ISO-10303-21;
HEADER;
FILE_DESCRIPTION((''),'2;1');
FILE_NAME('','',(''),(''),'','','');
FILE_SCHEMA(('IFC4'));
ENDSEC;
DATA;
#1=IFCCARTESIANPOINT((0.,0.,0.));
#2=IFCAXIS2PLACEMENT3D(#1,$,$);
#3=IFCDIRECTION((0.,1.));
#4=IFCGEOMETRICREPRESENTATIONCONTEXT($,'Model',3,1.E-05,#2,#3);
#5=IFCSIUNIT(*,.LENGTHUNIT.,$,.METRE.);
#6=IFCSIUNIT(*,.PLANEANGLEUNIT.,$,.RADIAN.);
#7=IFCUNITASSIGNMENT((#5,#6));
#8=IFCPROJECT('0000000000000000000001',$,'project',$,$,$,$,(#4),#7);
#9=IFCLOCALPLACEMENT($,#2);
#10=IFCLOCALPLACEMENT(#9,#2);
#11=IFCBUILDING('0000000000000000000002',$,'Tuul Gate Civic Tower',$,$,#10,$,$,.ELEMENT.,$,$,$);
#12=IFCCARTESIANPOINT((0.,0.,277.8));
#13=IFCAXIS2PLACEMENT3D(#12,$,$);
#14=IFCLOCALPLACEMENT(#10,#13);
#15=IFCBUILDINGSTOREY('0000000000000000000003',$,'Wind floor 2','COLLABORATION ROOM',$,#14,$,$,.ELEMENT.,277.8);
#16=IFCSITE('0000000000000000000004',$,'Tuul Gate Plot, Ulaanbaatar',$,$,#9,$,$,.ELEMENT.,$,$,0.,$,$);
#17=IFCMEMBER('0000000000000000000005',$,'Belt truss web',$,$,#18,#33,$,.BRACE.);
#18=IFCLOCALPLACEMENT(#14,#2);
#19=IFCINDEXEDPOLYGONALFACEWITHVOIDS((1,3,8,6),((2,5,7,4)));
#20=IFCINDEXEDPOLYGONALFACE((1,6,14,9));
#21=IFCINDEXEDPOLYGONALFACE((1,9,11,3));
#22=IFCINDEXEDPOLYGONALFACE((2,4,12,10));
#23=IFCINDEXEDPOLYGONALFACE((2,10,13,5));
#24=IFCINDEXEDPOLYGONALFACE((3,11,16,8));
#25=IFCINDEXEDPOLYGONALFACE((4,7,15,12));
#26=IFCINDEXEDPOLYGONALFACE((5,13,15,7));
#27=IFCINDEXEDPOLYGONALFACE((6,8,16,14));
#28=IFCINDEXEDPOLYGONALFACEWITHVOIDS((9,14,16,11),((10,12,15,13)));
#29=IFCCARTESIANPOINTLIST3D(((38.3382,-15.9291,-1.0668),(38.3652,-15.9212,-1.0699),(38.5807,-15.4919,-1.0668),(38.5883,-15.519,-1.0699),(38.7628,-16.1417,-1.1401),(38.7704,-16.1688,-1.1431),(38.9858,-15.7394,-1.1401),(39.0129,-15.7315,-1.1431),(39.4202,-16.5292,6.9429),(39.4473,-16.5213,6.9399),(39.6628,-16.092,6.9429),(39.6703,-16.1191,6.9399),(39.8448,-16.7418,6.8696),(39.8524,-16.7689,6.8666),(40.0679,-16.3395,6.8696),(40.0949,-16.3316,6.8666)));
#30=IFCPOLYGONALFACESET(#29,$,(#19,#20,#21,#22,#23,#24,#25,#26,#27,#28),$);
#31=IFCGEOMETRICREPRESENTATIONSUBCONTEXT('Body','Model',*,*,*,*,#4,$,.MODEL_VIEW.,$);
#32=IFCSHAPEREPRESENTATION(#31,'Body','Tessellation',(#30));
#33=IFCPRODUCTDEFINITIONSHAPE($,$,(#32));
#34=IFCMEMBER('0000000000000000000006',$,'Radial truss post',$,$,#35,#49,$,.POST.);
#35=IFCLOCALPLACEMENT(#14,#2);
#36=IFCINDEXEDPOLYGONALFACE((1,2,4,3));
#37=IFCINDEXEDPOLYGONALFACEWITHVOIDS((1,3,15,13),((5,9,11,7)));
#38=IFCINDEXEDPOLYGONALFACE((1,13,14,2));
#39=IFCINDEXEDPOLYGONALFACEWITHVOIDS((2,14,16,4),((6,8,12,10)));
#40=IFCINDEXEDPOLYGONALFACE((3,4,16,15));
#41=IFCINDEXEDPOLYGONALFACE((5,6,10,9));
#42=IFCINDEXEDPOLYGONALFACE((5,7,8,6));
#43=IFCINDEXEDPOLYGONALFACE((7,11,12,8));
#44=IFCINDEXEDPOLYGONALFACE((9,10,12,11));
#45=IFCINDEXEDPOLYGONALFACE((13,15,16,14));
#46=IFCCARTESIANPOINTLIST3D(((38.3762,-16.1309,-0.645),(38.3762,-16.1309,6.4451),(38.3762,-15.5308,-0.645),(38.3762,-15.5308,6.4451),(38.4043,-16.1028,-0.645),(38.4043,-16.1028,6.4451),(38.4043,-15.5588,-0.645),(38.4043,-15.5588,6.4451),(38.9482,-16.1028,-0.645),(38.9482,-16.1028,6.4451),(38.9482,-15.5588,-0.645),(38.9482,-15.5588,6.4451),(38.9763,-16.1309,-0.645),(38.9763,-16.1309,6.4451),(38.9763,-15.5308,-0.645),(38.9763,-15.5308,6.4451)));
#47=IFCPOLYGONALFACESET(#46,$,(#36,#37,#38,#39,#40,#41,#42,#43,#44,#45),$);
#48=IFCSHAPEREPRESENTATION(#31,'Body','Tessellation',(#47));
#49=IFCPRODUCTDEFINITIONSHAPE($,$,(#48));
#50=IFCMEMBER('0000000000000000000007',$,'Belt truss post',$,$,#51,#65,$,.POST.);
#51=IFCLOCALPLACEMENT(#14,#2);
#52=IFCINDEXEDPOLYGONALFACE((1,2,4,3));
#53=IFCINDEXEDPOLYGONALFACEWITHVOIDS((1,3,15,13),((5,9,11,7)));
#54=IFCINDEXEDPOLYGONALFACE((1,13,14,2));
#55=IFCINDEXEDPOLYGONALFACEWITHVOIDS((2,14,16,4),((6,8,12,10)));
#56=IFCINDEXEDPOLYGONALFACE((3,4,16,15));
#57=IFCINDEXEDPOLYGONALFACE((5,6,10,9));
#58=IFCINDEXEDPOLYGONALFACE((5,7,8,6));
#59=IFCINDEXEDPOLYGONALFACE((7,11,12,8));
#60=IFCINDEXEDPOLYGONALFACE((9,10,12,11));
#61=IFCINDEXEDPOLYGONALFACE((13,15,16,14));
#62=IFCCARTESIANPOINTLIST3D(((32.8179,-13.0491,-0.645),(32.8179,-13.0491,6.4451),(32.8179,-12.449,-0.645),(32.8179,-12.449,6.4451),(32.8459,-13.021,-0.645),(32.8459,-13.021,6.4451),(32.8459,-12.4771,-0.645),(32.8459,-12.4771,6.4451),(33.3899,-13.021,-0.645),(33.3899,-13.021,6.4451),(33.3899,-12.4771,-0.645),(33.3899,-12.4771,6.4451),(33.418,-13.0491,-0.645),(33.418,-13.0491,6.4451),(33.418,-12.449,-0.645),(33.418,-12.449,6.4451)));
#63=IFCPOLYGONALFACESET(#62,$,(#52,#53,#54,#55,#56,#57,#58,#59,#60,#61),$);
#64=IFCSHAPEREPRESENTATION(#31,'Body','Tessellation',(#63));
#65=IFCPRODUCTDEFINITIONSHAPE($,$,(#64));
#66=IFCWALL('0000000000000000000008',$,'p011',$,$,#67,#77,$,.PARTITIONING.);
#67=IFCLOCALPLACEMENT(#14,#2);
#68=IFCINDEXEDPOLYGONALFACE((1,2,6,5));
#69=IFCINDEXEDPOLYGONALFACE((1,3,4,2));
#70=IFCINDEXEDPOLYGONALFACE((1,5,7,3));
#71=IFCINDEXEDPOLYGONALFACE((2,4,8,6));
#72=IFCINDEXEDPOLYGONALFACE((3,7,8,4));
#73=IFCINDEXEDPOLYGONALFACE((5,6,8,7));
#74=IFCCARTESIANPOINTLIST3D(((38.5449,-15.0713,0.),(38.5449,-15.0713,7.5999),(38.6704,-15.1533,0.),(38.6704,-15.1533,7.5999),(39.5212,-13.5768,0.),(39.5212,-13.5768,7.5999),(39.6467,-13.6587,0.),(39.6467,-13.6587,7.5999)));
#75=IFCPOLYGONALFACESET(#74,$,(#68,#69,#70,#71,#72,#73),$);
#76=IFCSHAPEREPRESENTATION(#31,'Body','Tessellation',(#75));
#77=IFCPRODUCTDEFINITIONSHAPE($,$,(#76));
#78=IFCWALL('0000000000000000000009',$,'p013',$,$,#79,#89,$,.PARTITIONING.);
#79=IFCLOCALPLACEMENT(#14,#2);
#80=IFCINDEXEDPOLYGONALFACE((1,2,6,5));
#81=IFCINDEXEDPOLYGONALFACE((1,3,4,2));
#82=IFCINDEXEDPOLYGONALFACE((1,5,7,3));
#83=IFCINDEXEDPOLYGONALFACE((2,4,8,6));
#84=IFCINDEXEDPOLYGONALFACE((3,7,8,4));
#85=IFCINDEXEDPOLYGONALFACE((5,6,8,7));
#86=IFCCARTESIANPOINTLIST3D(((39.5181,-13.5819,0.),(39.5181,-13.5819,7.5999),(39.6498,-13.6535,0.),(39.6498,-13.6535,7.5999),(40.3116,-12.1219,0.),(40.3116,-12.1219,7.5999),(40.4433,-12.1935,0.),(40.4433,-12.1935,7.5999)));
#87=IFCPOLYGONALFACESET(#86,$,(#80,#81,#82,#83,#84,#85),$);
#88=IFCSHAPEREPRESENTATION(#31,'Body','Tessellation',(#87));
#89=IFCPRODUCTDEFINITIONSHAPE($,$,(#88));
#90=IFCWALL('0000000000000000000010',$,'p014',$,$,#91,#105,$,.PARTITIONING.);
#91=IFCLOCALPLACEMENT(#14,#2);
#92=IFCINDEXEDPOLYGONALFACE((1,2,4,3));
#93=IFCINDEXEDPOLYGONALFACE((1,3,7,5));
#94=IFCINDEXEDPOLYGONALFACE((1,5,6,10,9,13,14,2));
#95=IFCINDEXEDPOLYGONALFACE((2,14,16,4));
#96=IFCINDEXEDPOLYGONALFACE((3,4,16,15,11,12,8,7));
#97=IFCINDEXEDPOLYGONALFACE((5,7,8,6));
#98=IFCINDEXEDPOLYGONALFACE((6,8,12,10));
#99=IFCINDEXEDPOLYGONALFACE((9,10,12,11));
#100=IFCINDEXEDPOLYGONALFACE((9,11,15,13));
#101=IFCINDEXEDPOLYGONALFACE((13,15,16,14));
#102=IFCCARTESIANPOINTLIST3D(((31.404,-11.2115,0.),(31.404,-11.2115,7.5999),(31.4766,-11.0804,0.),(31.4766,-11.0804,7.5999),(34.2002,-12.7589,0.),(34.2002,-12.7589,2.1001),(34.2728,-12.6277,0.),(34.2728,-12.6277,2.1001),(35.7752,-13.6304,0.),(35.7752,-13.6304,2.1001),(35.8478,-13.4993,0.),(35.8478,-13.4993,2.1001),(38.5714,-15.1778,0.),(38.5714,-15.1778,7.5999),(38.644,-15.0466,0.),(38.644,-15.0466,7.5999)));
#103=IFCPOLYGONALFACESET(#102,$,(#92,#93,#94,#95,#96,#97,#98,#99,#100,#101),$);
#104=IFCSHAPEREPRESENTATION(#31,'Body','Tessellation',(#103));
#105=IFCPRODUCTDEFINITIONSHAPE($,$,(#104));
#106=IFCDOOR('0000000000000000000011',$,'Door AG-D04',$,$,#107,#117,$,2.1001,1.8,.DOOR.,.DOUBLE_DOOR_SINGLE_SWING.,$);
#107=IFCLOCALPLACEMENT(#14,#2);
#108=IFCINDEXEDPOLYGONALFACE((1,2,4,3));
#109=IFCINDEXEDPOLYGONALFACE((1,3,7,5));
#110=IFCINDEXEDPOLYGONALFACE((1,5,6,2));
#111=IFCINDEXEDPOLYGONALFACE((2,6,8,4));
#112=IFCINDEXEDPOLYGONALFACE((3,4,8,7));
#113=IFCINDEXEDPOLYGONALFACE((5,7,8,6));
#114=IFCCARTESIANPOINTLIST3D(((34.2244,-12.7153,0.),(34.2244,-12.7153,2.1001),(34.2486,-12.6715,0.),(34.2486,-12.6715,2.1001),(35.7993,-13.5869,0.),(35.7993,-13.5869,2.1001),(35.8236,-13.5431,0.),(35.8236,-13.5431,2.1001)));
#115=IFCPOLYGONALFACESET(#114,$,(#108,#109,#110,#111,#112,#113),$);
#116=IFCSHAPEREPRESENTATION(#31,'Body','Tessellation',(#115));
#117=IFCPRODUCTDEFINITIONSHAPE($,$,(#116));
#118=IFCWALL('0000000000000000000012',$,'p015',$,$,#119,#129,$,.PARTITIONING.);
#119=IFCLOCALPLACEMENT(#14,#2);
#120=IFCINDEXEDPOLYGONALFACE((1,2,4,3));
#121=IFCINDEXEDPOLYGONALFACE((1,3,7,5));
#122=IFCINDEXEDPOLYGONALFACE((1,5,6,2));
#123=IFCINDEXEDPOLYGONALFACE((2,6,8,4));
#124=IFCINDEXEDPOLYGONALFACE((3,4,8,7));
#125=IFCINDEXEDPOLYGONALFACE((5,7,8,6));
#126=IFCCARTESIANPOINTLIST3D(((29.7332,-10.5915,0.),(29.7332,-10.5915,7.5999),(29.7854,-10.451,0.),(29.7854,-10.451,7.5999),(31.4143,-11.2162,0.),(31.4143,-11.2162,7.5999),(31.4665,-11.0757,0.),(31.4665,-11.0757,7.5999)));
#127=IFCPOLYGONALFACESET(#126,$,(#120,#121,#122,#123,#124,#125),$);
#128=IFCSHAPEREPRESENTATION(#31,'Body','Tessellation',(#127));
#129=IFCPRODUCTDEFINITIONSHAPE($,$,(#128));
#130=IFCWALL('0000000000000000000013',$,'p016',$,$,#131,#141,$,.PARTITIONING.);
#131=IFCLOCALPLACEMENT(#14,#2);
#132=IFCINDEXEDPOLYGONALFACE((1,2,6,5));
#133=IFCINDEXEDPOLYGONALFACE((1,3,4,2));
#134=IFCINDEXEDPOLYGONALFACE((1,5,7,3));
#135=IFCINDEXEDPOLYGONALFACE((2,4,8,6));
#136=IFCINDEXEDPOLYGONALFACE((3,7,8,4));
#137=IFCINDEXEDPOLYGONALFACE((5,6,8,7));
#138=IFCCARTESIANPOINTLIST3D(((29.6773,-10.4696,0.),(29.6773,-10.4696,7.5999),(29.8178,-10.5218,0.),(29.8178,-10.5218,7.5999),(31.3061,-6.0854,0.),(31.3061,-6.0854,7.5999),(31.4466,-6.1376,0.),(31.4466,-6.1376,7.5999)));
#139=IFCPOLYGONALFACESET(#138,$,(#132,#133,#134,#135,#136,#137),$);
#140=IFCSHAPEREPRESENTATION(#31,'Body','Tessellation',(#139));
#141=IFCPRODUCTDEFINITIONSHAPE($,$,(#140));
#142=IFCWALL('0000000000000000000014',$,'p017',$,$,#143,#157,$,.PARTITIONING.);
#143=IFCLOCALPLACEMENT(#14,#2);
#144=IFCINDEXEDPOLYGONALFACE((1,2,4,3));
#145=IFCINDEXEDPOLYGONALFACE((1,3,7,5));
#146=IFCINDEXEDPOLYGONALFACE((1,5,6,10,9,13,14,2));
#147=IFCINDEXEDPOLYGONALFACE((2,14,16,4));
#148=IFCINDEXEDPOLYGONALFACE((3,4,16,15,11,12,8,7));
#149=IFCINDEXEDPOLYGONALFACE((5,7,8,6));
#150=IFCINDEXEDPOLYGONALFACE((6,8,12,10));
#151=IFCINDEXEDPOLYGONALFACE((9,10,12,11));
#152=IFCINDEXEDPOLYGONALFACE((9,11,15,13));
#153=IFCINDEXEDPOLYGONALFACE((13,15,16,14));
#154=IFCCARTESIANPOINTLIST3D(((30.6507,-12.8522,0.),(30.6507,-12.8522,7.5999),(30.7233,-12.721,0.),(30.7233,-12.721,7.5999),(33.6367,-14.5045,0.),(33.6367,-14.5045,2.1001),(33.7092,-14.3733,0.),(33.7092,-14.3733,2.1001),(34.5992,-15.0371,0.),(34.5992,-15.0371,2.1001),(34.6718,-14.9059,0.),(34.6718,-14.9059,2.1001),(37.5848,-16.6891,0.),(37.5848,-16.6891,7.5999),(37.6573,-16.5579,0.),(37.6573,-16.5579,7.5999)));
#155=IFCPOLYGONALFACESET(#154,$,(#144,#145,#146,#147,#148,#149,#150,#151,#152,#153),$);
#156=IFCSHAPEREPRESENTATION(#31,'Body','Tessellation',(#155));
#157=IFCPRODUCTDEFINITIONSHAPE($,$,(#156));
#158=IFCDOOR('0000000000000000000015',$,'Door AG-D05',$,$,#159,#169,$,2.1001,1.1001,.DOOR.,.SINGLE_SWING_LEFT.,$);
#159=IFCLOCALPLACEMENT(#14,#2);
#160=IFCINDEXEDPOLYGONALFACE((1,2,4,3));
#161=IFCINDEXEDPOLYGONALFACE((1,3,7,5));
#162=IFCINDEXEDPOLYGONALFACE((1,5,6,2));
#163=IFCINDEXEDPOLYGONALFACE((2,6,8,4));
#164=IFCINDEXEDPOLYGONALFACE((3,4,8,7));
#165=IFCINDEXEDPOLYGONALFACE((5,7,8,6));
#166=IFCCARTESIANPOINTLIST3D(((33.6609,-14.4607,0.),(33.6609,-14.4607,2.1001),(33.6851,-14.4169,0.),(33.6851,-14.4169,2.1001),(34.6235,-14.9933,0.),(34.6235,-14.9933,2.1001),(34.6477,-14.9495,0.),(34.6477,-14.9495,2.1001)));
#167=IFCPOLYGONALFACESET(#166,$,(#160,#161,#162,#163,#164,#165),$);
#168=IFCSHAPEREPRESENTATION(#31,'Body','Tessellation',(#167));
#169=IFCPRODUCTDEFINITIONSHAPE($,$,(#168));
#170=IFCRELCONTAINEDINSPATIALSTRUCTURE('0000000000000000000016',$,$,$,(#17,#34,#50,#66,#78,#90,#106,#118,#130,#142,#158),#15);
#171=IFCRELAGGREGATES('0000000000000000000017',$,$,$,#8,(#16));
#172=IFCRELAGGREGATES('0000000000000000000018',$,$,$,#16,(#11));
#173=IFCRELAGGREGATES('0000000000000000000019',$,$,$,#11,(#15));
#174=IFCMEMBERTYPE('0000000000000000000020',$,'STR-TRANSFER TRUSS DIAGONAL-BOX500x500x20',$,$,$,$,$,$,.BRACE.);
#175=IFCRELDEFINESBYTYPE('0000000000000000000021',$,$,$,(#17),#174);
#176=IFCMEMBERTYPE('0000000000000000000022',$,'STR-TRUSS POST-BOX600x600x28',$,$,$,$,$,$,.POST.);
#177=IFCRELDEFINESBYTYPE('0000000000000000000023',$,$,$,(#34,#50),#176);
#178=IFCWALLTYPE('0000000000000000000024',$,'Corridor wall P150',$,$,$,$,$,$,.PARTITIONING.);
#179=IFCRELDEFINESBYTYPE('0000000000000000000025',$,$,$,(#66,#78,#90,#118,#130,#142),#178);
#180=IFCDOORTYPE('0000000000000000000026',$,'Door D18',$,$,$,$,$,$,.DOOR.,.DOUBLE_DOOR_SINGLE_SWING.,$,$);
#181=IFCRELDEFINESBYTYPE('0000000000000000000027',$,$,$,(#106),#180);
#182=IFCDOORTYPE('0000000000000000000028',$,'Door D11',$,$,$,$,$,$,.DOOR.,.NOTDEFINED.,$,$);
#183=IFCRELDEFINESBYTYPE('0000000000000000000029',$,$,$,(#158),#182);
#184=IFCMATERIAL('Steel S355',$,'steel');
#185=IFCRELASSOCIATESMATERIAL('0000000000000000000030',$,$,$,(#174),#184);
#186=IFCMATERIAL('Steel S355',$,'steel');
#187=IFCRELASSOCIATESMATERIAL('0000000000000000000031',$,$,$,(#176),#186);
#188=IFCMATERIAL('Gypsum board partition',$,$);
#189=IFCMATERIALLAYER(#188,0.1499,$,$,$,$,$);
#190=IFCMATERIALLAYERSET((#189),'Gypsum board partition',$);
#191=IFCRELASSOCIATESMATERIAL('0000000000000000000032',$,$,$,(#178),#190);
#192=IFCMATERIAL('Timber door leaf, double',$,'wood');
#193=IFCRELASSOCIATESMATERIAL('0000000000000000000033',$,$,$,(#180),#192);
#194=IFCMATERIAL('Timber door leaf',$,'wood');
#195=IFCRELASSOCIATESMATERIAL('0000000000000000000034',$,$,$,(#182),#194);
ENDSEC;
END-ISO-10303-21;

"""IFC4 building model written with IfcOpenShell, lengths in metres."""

from ifc_helpers import new_model, si_unit, direction, frame, frame_2d, origin, origin_2d, place, context, subcontext, project, spatial, rectangle, hollow_rectangle, extrude, material, layer, layer_set, material_profile, profile_set, type_object, element, fill, save


model = new_model("IFC4")

# Units and contexts
model_context = context("Model", 3, precision=1e-05, world=origin(), true_north=direction((0.0, 1.0)))
body_context = subcontext(model_context, "Body", "Model", "MODEL_VIEW")
ifc_project = project(units=[si_unit("LENGTHUNIT", "METRE"), si_unit("PLANEANGLEUNIT", "RADIAN")], contexts=[model_context])

# Site, building, storey
site_placement = place(None, origin())
site = spatial("IfcSite", under=ifc_project, at=site_placement, Name="Tuul Gate Plot, Ulaanbaatar", CompositionType="ELEMENT", RefElevation=0.0)
building_placement = place(site_placement, origin())
building = spatial("IfcBuilding", under=site, at=building_placement, Name="Tuul Gate Civic Tower", CompositionType="ELEMENT")
storey_placement = place(building_placement, frame((0.0, 0.0, 277.8)))
storey = spatial("IfcBuildingStorey", under=building, at=storey_placement, Name="Wind floor 2", Description="COLLABORATION ROOM", CompositionType="ELEMENT", Elevation=277.8)

# Members
ifc_material_1 = material(Name="Steel S355", Category="steel")
ifc_material_profile_1 = material_profile(ifc_material_1, hollow_rectangle(XDim=0.5, YDim=0.5, WallThickness=0.02, at=origin_2d()), Name="BOX500x500x20")
ifc_profile_set_1 = profile_set([ifc_material_profile_1], Name="Steel S355")
member_type_1 = type_object("IfcMemberType", Name="STR-TRANSFER TRUSS DIAGONAL-BOX500x500x20", PredefinedType="BRACE", material=ifc_profile_set_1)
member_1_placement = place(storey_placement, frame((38.6755, -15.8303, -1.105), z_axis=(0.133506, -0.074043, 0.988278), x_axis=(0.485006, 0.874511, 0.0)))
element("IfcMember", 1, at=member_1_placement, inside=storey, type_object=member_type_1, Name="Belt truss web", PredefinedType="BRACE", context=body_context, shape_type="SweptSolid", body=[
    extrude(hollow_rectangle(XDim=0.5, YDim=0.5, WallThickness=0.02, at=origin_2d()), origin(), (0.0, 0.0, 1.0), 8.1047),
])
ifc_material_2 = material(Name="Steel S355", Category="steel")
ifc_material_profile_2 = material_profile(ifc_material_2, hollow_rectangle(XDim=0.6001, YDim=0.6001, WallThickness=0.0281, at=origin_2d()), Name="BOX600x600x28")
ifc_profile_set_2 = profile_set([ifc_material_profile_2], Name="Steel S355")
member_type_2 = type_object("IfcMemberType", Name="STR-TRUSS POST-BOX600x600x28", PredefinedType="POST", material=ifc_profile_set_2)
for number, where, z_axis, x_axis, name in (
    (2, (38.6763, -15.8308, -0.645), (0.0, 0.0, 1.0), (1.0, 0.0, 0.0), "Radial truss post"),
    (3, (33.1179, -12.749, -0.645), (0.0, 0.0, 1.0), (1.0, 0.0, 0.0), "Belt truss post"),
):
    element("IfcMember", number, at=place(storey_placement, frame(where, z_axis=z_axis, x_axis=x_axis)), inside=storey, type_object=member_type_2, Name=name, PredefinedType="POST", context=body_context, shape_type="SweptSolid", body=[
        extrude(hollow_rectangle(XDim=0.6001, YDim=0.6001, WallThickness=0.0281, at=origin_2d()), origin(), (0.0, 0.0, 1.0), 7.0901),
    ])

# Walls
ifc_material_3 = material(Name="Gypsum board partition")
ifc_layer_1 = layer(ifc_material_3, 0.1499)
ifc_layer_set_1 = layer_set([ifc_layer_1], Name="Gypsum board partition")
wall_type_1 = type_object("IfcWallType", Name="Corridor wall P150", PredefinedType="PARTITIONING", material=ifc_layer_set_1)
wall_1_placement = place(storey_placement, frame((38.6077, -15.1123, 0.0), z_axis=(0.0, 0.0, 1.0), x_axis=(0.546881, 0.83721, 0.0)))
element("IfcWall", 4, at=wall_1_placement, inside=storey, type_object=wall_type_1, Name="p011", PredefinedType="PARTITIONING", context=body_context, shape_type="SweptSolid", body=[
    extrude(rectangle(XDim=1.7852, YDim=0.1499, at=frame_2d((0.8926, 0.0))), origin(), (0.0, 0.0, 1.0), 7.5999),
])
wall_2_placement = place(storey_placement, frame((39.584, -13.6177, 0.0), z_axis=(0.0, 0.0, 1.0), x_axis=(0.477513, 0.878625, 0.0)))
element("IfcWall", 5, at=wall_2_placement, inside=storey, type_object=wall_type_1, Name="p013", PredefinedType="PARTITIONING", context=body_context, shape_type="SweptSolid", body=[
    extrude(rectangle(XDim=1.6616, YDim=0.1499, at=frame_2d((0.8308, 0.0))), origin(), (0.0, 0.0, 1.0), 7.5999),
])

# Wall, opening, door
wall_3_placement = place(storey_placement, frame((31.4404, -11.146, 0.0), z_axis=(0.0, 0.0, 1.0), x_axis=(0.874966, -0.484185, 0.0)))
wall_3 = element("IfcWall", 6, at=wall_3_placement, inside=storey, type_object=wall_type_1, Name="p014", PredefinedType="PARTITIONING", context=body_context, shape_type="SweptSolid", body=[
    extrude(rectangle(XDim=8.1917, YDim=0.1499, at=frame_2d((4.0957, 0.0))), origin(), (0.0, 0.0, 1.0), 7.5999),
])
opening_1_placement = place(wall_3_placement, frame((3.1958, 0.0, 0.0)))
opening_1 = element("IfcOpeningElement", 7, at=opening_1_placement, cuts=wall_3, PredefinedType="OPENING", context=body_context, shape_type="SweptSolid", body=[
    extrude(rectangle(XDim=1.8, YDim=2.1001, at=frame_2d((0.8999, 1.05))), frame((0.0, 0.085, 0.0), z_axis=(0.0, -1.0, 0.0), x_axis=(1.0, 0.0, 0.0)), (0.0, 0.0, 1.0), 0.1699),
])
ifc_material_4 = material(Name="Timber door leaf, double", Category="wood")
door_type_1 = type_object("IfcDoorType", Name="Door D18", OperationType="DOUBLE_DOOR_SINGLE_SWING", PredefinedType="DOOR", material=ifc_material_4)
door_1_placement = place(opening_1_placement, origin())
door_1 = element("IfcDoor", 8, at=door_1_placement, inside=storey, type_object=door_type_1, Name="Door AG-D04", OperationType="DOUBLE_DOOR_SINGLE_SWING", OverallHeight=2.1001, OverallWidth=1.8, PredefinedType="DOOR", context=body_context, shape_type="SweptSolid", body=[
    extrude(rectangle(XDim=1.8, YDim=2.1001, at=frame_2d((0.8999, 1.05))), frame((0.0, 0.0249, 0.0), z_axis=(0.0, -1.0, 0.0), x_axis=(1.0, 0.0, 0.0)), (0.0, 0.0, 1.0), 0.05),
])
fill(opening_1, door_1)

# Walls
wall_4_placement = place(storey_placement, frame((29.7593, -10.5212, 0.0), z_axis=(0.0, 0.0, 1.0), x_axis=(0.937366, -0.348347, 0.0)))
element("IfcWall", 9, at=wall_4_placement, inside=storey, type_object=wall_type_1, Name="p015", PredefinedType="PARTITIONING", context=body_context, shape_type="SweptSolid", body=[
    extrude(rectangle(XDim=1.7935, YDim=0.1499, at=frame_2d((0.8967, 0.0))), origin(), (0.0, 0.0, 1.0), 7.5999),
])
wall_5_placement = place(storey_placement, frame((29.7476, -10.4956, 0.0), z_axis=(0.0, 0.0, 1.0), x_axis=(0.348273, 0.937393, 0.0)))
element("IfcWall", 10, at=wall_5_placement, inside=storey, type_object=wall_type_1, Name="p016", PredefinedType="PARTITIONING", context=body_context, shape_type="SweptSolid", body=[
    extrude(rectangle(XDim=4.677, YDim=0.1499, at=frame_2d((2.3384, 0.0))), origin(), (0.0, 0.0, 1.0), 7.5999),
])

# Wall, opening, door
wall_6_placement = place(storey_placement, frame((30.687, -12.7866, 0.0), z_axis=(0.0, 0.0, 1.0), x_axis=(0.874979, -0.484162, 0.0)))
wall_6 = element("IfcWall", 11, at=wall_6_placement, inside=storey, type_object=wall_type_1, Name="p017", PredefinedType="PARTITIONING", context=body_context, shape_type="SweptSolid", body=[
    extrude(rectangle(XDim=7.9248, YDim=0.1499, at=frame_2d((3.9624, 0.0))), origin(), (0.0, 0.0, 1.0), 7.5999),
])
opening_2_placement = place(wall_6_placement, frame((3.4126, 0.0, 0.0)))
opening_2 = element("IfcOpeningElement", 12, at=opening_2_placement, cuts=wall_6, PredefinedType="OPENING", context=body_context, shape_type="SweptSolid", body=[
    extrude(rectangle(XDim=1.1001, YDim=2.1001, at=frame_2d((0.55, 1.05))), frame((0.0, 0.085, 0.0), z_axis=(0.0, -1.0, 0.0), x_axis=(1.0, 0.0, 0.0)), (0.0, 0.0, 1.0), 0.1699),
])
ifc_material_5 = material(Name="Timber door leaf", Category="wood")
door_type_2 = type_object("IfcDoorType", Name="Door D11", OperationType="NOTDEFINED", PredefinedType="DOOR", material=ifc_material_5)
door_2_placement = place(opening_2_placement, frame((1.1001, 0.0, 0.0), z_axis=(0.0, 0.0, 1.0), x_axis=(-1.0, 0.0, 0.0)))
door_2 = element("IfcDoor", 13, at=door_2_placement, inside=storey, type_object=door_type_2, Name="Door AG-D05", OperationType="SINGLE_SWING_LEFT", OverallHeight=2.1001, OverallWidth=1.1001, PredefinedType="DOOR", context=body_context, shape_type="SweptSolid", body=[
    extrude(rectangle(XDim=1.1001, YDim=2.1001, at=frame_2d((0.55, 1.05))), frame((0.0, 0.0249, 0.0), z_axis=(0.0, -1.0, 0.0), x_axis=(1.0, 0.0, 0.0)), (0.0, 0.0, 1.0), 0.05),
])
fill(opening_2, door_2)

save(model, "model.ifc")
